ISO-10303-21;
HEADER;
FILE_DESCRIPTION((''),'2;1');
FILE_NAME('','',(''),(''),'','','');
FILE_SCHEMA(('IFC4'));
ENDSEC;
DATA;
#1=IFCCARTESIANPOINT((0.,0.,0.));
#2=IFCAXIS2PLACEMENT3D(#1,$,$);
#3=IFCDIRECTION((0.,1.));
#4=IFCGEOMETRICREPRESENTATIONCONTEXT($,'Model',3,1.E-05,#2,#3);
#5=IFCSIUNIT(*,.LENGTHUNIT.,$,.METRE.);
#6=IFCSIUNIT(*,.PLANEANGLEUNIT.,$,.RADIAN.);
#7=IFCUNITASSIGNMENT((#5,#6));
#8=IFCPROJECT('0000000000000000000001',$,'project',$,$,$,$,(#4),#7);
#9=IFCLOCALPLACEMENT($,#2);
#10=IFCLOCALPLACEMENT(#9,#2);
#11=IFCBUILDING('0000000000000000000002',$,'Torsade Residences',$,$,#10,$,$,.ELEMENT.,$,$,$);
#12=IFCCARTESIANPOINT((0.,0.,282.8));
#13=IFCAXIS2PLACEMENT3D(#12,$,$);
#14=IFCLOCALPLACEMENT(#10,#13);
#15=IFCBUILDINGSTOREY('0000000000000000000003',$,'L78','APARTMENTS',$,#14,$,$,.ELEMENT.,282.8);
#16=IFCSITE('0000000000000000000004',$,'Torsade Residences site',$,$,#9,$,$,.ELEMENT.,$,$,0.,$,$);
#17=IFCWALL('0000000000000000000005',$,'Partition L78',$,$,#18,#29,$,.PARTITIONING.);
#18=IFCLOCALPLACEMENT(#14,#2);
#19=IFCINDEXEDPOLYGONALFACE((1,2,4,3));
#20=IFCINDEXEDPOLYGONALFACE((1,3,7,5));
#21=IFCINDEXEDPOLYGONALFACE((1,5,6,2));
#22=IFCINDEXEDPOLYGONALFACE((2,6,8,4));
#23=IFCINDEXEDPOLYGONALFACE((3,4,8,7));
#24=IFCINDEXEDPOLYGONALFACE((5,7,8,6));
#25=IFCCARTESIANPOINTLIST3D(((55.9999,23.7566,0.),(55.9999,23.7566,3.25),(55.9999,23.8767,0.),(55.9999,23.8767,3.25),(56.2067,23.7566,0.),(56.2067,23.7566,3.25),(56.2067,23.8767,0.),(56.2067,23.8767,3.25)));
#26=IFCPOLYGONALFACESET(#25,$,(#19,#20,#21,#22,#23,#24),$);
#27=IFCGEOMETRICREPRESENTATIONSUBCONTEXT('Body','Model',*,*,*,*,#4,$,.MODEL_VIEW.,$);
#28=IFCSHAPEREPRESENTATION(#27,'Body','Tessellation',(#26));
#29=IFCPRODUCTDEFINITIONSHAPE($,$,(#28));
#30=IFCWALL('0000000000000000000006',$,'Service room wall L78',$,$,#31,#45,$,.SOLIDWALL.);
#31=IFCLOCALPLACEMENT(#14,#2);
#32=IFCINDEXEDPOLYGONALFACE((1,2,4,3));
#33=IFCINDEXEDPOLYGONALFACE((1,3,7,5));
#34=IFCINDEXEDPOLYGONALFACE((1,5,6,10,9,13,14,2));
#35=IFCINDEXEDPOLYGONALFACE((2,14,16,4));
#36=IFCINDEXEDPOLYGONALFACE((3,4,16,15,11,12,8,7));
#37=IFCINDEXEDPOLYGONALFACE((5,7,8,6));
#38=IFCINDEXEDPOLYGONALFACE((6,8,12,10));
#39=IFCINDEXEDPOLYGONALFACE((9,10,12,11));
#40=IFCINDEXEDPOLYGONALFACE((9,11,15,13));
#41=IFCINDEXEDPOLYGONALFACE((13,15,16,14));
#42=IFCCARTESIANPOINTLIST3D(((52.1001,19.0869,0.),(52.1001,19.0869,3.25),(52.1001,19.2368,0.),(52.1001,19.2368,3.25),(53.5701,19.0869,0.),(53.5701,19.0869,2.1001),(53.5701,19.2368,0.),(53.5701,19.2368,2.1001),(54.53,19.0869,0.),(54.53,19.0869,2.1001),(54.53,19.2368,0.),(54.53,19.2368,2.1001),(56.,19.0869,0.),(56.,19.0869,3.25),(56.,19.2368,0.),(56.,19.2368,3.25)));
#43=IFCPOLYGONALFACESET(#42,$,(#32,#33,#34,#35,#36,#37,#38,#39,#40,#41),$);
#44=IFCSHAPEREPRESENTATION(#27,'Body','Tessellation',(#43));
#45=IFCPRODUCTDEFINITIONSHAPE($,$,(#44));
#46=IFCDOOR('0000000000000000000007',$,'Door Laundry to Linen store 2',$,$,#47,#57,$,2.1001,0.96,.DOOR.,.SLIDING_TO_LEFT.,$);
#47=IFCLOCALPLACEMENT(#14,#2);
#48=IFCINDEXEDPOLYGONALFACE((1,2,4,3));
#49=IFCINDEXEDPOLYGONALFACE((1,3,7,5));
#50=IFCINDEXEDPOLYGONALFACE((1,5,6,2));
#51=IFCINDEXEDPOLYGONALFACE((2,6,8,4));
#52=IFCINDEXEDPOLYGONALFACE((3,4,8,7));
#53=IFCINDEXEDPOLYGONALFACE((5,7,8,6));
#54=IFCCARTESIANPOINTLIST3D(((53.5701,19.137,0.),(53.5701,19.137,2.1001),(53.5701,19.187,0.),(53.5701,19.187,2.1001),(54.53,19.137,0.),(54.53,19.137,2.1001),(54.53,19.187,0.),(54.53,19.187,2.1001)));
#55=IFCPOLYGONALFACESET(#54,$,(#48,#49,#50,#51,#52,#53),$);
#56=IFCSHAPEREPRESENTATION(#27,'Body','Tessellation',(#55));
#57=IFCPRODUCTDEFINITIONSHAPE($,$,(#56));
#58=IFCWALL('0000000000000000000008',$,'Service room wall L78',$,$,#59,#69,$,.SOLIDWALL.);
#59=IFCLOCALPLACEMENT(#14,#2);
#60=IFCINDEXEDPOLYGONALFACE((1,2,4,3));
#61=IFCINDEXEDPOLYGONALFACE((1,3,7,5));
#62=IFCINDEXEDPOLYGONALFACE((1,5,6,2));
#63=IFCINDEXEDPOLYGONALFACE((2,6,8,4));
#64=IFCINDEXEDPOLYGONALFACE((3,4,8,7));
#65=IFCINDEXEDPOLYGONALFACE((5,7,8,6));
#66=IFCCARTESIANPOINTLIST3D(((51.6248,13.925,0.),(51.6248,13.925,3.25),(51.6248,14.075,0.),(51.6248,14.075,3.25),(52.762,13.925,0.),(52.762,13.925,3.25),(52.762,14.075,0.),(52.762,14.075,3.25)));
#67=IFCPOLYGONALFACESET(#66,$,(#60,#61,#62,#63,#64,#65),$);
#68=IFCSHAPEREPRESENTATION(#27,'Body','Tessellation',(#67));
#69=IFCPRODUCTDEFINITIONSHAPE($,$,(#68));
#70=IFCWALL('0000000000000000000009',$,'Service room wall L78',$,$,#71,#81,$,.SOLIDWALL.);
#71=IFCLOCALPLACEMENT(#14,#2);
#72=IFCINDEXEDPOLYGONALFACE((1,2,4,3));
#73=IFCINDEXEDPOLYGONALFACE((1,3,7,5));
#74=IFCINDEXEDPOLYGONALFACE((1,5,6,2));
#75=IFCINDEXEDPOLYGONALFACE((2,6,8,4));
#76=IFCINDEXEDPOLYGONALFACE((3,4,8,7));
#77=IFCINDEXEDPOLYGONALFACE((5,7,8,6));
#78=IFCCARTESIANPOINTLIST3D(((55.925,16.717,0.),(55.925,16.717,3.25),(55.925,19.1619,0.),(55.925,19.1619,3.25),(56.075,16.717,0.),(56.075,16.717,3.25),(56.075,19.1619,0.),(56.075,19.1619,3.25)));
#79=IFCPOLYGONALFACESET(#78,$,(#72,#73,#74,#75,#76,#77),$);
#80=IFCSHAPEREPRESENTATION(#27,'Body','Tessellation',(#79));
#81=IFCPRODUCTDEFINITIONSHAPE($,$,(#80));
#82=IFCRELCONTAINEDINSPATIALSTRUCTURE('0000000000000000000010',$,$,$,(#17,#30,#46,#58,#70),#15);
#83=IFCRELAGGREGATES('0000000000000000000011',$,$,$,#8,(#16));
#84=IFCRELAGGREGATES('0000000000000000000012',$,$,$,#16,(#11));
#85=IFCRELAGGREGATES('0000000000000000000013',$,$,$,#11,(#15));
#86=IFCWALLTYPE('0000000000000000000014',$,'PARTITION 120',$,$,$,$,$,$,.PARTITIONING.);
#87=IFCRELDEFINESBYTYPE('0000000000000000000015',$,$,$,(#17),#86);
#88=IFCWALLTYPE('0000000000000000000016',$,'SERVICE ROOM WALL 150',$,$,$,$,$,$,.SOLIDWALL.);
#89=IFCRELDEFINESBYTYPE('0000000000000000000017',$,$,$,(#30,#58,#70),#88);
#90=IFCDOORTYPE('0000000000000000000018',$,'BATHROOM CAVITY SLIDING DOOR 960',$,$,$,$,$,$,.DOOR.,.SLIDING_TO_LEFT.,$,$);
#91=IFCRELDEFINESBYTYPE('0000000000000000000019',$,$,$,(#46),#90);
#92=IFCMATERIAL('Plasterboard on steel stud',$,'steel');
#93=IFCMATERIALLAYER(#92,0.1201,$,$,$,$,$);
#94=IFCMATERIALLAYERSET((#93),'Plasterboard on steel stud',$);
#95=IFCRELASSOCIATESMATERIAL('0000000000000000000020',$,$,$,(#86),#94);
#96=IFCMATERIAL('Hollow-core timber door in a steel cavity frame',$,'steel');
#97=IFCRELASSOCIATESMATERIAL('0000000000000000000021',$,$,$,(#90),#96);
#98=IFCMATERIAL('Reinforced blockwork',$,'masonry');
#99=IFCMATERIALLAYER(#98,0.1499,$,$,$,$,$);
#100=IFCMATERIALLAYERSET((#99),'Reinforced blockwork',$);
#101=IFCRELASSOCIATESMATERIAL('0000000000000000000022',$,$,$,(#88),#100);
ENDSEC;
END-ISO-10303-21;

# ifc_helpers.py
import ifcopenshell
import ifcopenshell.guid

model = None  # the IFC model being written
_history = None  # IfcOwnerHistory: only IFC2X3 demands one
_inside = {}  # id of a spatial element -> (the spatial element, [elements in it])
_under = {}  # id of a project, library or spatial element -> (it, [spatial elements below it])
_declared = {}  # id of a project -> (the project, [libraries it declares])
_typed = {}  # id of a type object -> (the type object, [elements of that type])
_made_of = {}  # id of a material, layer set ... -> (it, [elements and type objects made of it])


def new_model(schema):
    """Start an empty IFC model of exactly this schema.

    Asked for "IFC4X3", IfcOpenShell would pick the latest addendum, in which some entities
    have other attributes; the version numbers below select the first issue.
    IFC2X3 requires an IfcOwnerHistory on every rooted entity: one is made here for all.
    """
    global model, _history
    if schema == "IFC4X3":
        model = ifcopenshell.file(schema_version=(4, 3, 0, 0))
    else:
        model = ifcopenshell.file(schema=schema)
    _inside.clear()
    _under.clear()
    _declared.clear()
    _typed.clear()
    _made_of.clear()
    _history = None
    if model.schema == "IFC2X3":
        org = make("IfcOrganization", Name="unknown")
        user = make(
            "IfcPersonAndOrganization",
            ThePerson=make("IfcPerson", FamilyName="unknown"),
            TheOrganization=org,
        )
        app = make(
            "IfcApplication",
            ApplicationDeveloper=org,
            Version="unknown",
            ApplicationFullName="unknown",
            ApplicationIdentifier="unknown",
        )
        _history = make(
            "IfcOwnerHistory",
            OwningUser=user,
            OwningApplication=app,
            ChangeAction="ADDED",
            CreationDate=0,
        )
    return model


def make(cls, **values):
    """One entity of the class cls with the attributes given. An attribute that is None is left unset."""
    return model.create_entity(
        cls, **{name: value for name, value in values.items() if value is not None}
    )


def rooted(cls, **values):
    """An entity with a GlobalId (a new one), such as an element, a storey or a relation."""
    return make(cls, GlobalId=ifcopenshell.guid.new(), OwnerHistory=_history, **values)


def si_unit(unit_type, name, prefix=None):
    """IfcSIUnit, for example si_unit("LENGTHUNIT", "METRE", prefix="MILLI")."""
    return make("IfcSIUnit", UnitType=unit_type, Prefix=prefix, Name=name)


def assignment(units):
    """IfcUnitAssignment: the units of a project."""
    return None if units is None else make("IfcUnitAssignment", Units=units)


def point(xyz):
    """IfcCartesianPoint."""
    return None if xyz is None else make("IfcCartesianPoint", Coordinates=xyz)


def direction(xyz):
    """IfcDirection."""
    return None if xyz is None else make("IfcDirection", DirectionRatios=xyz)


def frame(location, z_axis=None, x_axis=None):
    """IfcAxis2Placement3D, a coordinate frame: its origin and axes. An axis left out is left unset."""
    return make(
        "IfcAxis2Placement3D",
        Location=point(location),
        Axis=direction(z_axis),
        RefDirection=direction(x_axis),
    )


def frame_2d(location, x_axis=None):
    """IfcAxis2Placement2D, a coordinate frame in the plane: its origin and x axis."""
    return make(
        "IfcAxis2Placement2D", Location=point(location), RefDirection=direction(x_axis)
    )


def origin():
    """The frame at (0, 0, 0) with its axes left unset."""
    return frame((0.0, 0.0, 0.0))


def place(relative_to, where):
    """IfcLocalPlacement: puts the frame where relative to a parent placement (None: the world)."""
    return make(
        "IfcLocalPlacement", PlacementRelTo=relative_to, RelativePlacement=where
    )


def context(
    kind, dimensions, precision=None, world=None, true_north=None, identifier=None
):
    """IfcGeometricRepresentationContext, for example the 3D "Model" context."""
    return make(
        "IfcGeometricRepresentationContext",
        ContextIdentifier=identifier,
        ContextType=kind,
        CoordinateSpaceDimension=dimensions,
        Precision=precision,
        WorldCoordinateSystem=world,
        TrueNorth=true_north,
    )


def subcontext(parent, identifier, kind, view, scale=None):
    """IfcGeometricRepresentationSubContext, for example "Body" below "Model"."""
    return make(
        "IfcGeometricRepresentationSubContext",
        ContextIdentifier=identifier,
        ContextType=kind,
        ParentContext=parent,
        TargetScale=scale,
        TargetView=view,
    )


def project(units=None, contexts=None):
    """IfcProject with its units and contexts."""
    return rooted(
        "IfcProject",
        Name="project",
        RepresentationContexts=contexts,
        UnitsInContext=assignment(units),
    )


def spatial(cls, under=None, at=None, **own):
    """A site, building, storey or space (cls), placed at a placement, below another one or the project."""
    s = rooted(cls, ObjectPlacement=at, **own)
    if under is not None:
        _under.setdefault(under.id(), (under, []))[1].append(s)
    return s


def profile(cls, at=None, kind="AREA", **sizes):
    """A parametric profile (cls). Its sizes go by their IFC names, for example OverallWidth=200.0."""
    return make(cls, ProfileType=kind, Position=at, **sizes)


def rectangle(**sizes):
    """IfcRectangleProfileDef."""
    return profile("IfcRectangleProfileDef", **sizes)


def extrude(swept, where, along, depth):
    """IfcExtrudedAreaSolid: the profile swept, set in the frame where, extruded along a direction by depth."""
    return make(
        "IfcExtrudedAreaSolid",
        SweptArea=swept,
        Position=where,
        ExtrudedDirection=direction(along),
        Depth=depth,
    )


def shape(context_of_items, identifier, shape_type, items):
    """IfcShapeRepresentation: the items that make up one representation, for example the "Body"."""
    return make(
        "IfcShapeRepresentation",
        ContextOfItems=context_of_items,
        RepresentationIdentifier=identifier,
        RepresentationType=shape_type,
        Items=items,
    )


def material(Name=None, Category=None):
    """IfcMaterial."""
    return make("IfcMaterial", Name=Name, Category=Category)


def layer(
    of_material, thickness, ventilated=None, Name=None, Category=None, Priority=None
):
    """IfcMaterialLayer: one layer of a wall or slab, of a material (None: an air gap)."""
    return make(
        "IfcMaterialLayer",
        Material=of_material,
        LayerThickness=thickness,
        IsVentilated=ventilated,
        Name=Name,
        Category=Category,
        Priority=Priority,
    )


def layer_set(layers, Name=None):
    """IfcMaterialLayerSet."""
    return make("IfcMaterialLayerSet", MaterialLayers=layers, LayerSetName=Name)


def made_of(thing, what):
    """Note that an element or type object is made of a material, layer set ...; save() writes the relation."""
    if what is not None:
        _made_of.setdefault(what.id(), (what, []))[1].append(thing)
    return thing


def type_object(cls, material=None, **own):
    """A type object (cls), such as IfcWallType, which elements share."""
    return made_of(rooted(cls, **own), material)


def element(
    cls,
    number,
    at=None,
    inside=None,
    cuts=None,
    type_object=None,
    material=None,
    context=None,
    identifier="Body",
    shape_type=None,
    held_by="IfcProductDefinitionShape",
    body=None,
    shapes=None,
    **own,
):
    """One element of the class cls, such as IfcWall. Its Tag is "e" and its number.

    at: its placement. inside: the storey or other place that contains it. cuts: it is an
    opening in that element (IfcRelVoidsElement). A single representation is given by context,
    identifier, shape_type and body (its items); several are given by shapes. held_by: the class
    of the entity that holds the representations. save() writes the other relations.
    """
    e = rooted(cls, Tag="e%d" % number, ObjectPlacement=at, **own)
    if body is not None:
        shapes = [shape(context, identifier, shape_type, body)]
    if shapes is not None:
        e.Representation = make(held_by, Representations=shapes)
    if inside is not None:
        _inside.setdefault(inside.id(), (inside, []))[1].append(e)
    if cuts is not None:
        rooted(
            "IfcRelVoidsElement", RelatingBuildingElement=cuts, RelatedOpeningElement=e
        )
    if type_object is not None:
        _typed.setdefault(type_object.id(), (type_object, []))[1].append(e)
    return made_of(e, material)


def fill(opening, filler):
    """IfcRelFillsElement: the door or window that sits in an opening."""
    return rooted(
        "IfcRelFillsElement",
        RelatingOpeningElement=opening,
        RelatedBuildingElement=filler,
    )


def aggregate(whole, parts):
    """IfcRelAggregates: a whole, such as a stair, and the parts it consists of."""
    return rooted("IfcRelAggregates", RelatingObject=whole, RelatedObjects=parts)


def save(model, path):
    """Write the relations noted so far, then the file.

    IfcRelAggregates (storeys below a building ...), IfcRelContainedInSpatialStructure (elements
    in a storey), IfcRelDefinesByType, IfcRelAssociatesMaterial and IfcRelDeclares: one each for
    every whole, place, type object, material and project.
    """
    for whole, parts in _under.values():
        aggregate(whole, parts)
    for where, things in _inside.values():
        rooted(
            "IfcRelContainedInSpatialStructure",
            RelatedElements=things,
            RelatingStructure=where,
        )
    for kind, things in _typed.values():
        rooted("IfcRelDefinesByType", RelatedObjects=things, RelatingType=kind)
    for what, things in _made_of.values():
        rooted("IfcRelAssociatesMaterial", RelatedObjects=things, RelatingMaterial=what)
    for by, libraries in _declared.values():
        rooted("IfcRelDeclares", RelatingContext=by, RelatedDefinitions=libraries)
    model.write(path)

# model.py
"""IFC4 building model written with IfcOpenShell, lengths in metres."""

from ifc_helpers import new_model, si_unit, direction, frame, frame_2d, origin, place, context, subcontext, project, spatial, rectangle, extrude, material, layer, layer_set, type_object, element, fill, save


model = new_model("IFC4")

# Units and contexts
model_context = context("Model", 3, precision=1e-05, world=origin(), true_north=direction((0.0, 1.0)))
body_context = subcontext(model_context, "Body", "Model", "MODEL_VIEW")
ifc_project = project(units=[si_unit("LENGTHUNIT", "METRE"), si_unit("PLANEANGLEUNIT", "RADIAN")], contexts=[model_context])

# Site, building, storey
site_placement = place(None, origin())
site = spatial("IfcSite", under=ifc_project, at=site_placement, Name="Torsade Residences site", CompositionType="ELEMENT", RefElevation=0.0)
building_placement = place(site_placement, origin())
building = spatial("IfcBuilding", under=site, at=building_placement, Name="Torsade Residences", CompositionType="ELEMENT")
storey_placement = place(building_placement, frame((0.0, 0.0, 282.8)))
storey = spatial("IfcBuildingStorey", under=building, at=storey_placement, Name="L78", Description="APARTMENTS", CompositionType="ELEMENT", Elevation=282.8)

# Shared definitions
ifc_material_1 = material(Name="Plasterboard on steel stud", Category="steel")
ifc_layer_1 = layer(ifc_material_1, 0.1201)
ifc_layer_set_1 = layer_set([ifc_layer_1], Name="Plasterboard on steel stud")
wall_type_1 = type_object("IfcWallType", Name="PARTITION 120", PredefinedType="PARTITIONING", material=ifc_layer_set_1)
ifc_material_2 = material(Name="Hollow-core timber door in a steel cavity frame", Category="steel")
door_type_1 = type_object("IfcDoorType", Name="BATHROOM CAVITY SLIDING DOOR 960", OperationType="SLIDING_TO_LEFT", PredefinedType="DOOR", material=ifc_material_2)

# Wall
wall_1_placement = place(storey_placement, frame((56.2068, 23.8167, 0.0), z_axis=(0.0, 0.0, 1.0), x_axis=(-1.0, 0.0, 0.0)))
element("IfcWall", 1, at=wall_1_placement, inside=storey, type_object=wall_type_1, Name="Partition L78", PredefinedType="PARTITIONING", context=body_context, shape_type="SweptSolid", body=[
    extrude(rectangle(XDim=0.2068, YDim=0.1201, at=frame_2d((0.1035, 0.0))), origin(), (0.0, 0.0, 1.0), 3.25),
])

# Wall, opening, door
ifc_material_3 = material(Name="Reinforced blockwork", Category="masonry")
ifc_layer_2 = layer(ifc_material_3, 0.1499)
ifc_layer_set_2 = layer_set([ifc_layer_2], Name="Reinforced blockwork")
wall_type_2 = type_object("IfcWallType", Name="SERVICE ROOM WALL 150", PredefinedType="SOLIDWALL", material=ifc_layer_set_2)
wall_2_placement = place(storey_placement, frame((56.0, 19.1619, 0.0), z_axis=(0.0, 0.0, 1.0), x_axis=(-1.0, 0.0, 0.0)))
wall_2 = element("IfcWall", 2, at=wall_2_placement, inside=storey, type_object=wall_type_2, Name="Service room wall L78", PredefinedType="SOLIDWALL", context=body_context, shape_type="SweptSolid", body=[
    extrude(rectangle(XDim=3.8999, YDim=0.1499, at=frame_2d((1.95, 0.0))), origin(), (0.0, 0.0, 1.0), 3.25),
])
opening_1_placement = place(wall_2_placement, frame((1.47, 0.0, 0.0)))
opening_1 = element("IfcOpeningElement", 3, at=opening_1_placement, cuts=wall_2, PredefinedType="OPENING", context=body_context, shape_type="SweptSolid", body=[
    extrude(rectangle(XDim=0.96, YDim=2.1001, at=frame_2d((0.48, 1.05))), frame((0.0, 0.085, 0.0), z_axis=(0.0, -1.0, 0.0), x_axis=(1.0, 0.0, 0.0)), (0.0, 0.0, 1.0), 0.1699),
])
door_1_placement = place(opening_1_placement, origin())
door_1 = element("IfcDoor", 4, at=door_1_placement, inside=storey, type_object=door_type_1, Name="Door Laundry to Linen store 2", OperationType="SLIDING_TO_LEFT", OverallHeight=2.1001, OverallWidth=0.96, PredefinedType="DOOR", context=body_context, shape_type="SweptSolid", body=[
    extrude(rectangle(XDim=0.96, YDim=2.1001, at=frame_2d((0.48, 1.05))), frame((0.0, 0.0249, 0.0), z_axis=(0.0, -1.0, 0.0), x_axis=(1.0, 0.0, 0.0)), (0.0, 0.0, 1.0), 0.05),
])
fill(opening_1, door_1)

# Walls
wall_3_placement = place(storey_placement, frame((52.762, 14.0, 0.0), z_axis=(0.0, 0.0, 1.0), x_axis=(-1.0, 0.0, 0.0)))
element("IfcWall", 5, at=wall_3_placement, inside=storey, type_object=wall_type_2, Name="Service room wall L78", PredefinedType="SOLIDWALL", context=body_context, shape_type="SweptSolid", body=[
    extrude(rectangle(XDim=1.1372, YDim=0.1499, at=frame_2d((0.5686, 0.0))), origin(), (0.0, 0.0, 1.0), 3.25),
])
wall_4_placement = place(storey_placement, frame((56.0, 19.1619, 0.0), z_axis=(0.0, 0.0, 1.0), x_axis=(0.0, -1.0, 0.0)))
element("IfcWall", 6, at=wall_4_placement, inside=storey, type_object=wall_type_2, Name="Service room wall L78", PredefinedType="SOLIDWALL", context=body_context, shape_type="SweptSolid", body=[
    extrude(rectangle(XDim=2.4448, YDim=0.1499, at=frame_2d((1.2224, 0.0))), origin(), (0.0, 0.0, 1.0), 3.25),
])

save(model, "model.ifc")
